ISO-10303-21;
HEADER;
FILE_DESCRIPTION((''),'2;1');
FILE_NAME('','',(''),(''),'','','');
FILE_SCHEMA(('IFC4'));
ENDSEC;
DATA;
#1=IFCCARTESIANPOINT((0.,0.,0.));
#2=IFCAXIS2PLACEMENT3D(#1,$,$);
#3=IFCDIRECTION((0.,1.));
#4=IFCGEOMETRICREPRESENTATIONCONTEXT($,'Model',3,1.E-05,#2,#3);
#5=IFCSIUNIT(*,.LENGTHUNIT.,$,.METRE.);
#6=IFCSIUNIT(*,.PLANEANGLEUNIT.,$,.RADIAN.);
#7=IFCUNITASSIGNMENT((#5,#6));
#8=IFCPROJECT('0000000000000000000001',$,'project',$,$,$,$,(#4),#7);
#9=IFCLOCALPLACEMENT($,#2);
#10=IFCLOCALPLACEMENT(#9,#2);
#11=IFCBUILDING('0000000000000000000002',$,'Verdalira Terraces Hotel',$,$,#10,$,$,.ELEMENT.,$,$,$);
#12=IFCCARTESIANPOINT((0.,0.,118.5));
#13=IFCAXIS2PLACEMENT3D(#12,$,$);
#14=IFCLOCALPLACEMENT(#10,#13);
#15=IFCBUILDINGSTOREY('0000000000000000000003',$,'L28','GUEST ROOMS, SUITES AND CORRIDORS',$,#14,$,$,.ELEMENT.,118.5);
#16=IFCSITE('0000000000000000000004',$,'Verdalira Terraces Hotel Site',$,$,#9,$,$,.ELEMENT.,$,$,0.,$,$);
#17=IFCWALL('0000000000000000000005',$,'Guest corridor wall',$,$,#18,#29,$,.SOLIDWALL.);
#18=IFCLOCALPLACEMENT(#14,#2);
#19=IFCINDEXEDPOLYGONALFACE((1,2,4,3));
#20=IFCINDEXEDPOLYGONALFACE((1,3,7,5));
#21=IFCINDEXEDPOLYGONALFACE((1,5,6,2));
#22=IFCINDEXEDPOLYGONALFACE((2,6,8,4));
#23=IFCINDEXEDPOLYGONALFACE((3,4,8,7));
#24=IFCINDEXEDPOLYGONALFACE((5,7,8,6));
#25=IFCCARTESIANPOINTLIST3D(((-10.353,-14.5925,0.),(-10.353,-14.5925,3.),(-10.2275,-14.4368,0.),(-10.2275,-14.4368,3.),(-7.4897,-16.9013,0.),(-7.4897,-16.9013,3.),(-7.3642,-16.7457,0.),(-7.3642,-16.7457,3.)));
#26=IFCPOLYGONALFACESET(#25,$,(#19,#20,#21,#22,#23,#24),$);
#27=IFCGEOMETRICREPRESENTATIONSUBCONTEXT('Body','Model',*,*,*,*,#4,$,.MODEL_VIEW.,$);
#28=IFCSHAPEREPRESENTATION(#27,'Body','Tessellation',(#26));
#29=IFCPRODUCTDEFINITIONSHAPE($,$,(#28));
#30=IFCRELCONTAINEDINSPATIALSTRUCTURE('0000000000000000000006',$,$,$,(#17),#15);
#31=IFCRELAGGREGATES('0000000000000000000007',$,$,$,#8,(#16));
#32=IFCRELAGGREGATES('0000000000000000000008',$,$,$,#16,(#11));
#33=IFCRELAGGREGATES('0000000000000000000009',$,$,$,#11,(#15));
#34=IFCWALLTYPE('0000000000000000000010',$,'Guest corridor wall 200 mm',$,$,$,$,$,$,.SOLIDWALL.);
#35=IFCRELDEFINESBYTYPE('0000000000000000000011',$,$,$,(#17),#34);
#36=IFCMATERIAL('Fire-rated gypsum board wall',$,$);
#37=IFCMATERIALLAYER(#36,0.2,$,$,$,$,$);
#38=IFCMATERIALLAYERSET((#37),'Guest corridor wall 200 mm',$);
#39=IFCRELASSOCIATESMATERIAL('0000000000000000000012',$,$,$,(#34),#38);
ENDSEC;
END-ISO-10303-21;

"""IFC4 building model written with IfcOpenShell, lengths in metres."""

from ifc_helpers import new_model, si_unit, direction, frame, frame_2d, origin, place, context, subcontext, project, spatial, rectangle, extrude, material, layer, layer_set, type_object, element, save


model = new_model("IFC4")

# Units and contexts
model_context = context("Model", 3, precision=1e-05, world=origin(), true_north=direction((0.0, 1.0)))
body_context = subcontext(model_context, "Body", "Model", "MODEL_VIEW")
ifc_project = project(units=[si_unit("LENGTHUNIT", "METRE"), si_unit("PLANEANGLEUNIT", "RADIAN")], contexts=[model_context])

# Site, building, storey
site_placement = place(None, origin())
site = spatial("IfcSite", under=ifc_project, at=site_placement, Name="Verdalira Terraces Hotel Site", CompositionType="ELEMENT", RefElevation=0.0)
building_placement = place(site_placement, origin())
building = spatial("IfcBuilding", under=site, at=building_placement, Name="Verdalira Terraces Hotel", CompositionType="ELEMENT")
storey_placement = place(building_placement, frame((0.0, 0.0, 118.5)))
storey = spatial("IfcBuildingStorey", under=building, at=storey_placement, Name="L28", Description="GUEST ROOMS, SUITES AND CORRIDORS", CompositionType="ELEMENT", Elevation=118.5)

# Shared definitions
ifc_material_1 = material(Name="Fire-rated gypsum board wall")
ifc_layer_1 = layer(ifc_material_1, 0.2)
ifc_layer_set_1 = layer_set([ifc_layer_1], Name="Guest corridor wall 200 mm")
wall_type_1 = type_object("IfcWallType", Name="Guest corridor wall 200 mm", PredefinedType="SOLIDWALL", material=ifc_layer_set_1)

# Wall
wall_1_placement = place(storey_placement, frame((-10.2903, -14.5146, 0.0), z_axis=(0.0, 0.0, 1.0), x_axis=(0.778448, -0.62771, 0.0)))
element("IfcWall", 1, at=wall_1_placement, inside=storey, type_object=wall_type_1, Name="Guest corridor wall", PredefinedType="SOLIDWALL", context=body_context, shape_type="SweptSolid", body=[
    extrude(rectangle(XDim=3.6782, YDim=0.2, at=frame_2d((1.8391, 0.0))), origin(), (0.0, 0.0, 1.0), 3.0),
])

save(model, "model.ifc")
